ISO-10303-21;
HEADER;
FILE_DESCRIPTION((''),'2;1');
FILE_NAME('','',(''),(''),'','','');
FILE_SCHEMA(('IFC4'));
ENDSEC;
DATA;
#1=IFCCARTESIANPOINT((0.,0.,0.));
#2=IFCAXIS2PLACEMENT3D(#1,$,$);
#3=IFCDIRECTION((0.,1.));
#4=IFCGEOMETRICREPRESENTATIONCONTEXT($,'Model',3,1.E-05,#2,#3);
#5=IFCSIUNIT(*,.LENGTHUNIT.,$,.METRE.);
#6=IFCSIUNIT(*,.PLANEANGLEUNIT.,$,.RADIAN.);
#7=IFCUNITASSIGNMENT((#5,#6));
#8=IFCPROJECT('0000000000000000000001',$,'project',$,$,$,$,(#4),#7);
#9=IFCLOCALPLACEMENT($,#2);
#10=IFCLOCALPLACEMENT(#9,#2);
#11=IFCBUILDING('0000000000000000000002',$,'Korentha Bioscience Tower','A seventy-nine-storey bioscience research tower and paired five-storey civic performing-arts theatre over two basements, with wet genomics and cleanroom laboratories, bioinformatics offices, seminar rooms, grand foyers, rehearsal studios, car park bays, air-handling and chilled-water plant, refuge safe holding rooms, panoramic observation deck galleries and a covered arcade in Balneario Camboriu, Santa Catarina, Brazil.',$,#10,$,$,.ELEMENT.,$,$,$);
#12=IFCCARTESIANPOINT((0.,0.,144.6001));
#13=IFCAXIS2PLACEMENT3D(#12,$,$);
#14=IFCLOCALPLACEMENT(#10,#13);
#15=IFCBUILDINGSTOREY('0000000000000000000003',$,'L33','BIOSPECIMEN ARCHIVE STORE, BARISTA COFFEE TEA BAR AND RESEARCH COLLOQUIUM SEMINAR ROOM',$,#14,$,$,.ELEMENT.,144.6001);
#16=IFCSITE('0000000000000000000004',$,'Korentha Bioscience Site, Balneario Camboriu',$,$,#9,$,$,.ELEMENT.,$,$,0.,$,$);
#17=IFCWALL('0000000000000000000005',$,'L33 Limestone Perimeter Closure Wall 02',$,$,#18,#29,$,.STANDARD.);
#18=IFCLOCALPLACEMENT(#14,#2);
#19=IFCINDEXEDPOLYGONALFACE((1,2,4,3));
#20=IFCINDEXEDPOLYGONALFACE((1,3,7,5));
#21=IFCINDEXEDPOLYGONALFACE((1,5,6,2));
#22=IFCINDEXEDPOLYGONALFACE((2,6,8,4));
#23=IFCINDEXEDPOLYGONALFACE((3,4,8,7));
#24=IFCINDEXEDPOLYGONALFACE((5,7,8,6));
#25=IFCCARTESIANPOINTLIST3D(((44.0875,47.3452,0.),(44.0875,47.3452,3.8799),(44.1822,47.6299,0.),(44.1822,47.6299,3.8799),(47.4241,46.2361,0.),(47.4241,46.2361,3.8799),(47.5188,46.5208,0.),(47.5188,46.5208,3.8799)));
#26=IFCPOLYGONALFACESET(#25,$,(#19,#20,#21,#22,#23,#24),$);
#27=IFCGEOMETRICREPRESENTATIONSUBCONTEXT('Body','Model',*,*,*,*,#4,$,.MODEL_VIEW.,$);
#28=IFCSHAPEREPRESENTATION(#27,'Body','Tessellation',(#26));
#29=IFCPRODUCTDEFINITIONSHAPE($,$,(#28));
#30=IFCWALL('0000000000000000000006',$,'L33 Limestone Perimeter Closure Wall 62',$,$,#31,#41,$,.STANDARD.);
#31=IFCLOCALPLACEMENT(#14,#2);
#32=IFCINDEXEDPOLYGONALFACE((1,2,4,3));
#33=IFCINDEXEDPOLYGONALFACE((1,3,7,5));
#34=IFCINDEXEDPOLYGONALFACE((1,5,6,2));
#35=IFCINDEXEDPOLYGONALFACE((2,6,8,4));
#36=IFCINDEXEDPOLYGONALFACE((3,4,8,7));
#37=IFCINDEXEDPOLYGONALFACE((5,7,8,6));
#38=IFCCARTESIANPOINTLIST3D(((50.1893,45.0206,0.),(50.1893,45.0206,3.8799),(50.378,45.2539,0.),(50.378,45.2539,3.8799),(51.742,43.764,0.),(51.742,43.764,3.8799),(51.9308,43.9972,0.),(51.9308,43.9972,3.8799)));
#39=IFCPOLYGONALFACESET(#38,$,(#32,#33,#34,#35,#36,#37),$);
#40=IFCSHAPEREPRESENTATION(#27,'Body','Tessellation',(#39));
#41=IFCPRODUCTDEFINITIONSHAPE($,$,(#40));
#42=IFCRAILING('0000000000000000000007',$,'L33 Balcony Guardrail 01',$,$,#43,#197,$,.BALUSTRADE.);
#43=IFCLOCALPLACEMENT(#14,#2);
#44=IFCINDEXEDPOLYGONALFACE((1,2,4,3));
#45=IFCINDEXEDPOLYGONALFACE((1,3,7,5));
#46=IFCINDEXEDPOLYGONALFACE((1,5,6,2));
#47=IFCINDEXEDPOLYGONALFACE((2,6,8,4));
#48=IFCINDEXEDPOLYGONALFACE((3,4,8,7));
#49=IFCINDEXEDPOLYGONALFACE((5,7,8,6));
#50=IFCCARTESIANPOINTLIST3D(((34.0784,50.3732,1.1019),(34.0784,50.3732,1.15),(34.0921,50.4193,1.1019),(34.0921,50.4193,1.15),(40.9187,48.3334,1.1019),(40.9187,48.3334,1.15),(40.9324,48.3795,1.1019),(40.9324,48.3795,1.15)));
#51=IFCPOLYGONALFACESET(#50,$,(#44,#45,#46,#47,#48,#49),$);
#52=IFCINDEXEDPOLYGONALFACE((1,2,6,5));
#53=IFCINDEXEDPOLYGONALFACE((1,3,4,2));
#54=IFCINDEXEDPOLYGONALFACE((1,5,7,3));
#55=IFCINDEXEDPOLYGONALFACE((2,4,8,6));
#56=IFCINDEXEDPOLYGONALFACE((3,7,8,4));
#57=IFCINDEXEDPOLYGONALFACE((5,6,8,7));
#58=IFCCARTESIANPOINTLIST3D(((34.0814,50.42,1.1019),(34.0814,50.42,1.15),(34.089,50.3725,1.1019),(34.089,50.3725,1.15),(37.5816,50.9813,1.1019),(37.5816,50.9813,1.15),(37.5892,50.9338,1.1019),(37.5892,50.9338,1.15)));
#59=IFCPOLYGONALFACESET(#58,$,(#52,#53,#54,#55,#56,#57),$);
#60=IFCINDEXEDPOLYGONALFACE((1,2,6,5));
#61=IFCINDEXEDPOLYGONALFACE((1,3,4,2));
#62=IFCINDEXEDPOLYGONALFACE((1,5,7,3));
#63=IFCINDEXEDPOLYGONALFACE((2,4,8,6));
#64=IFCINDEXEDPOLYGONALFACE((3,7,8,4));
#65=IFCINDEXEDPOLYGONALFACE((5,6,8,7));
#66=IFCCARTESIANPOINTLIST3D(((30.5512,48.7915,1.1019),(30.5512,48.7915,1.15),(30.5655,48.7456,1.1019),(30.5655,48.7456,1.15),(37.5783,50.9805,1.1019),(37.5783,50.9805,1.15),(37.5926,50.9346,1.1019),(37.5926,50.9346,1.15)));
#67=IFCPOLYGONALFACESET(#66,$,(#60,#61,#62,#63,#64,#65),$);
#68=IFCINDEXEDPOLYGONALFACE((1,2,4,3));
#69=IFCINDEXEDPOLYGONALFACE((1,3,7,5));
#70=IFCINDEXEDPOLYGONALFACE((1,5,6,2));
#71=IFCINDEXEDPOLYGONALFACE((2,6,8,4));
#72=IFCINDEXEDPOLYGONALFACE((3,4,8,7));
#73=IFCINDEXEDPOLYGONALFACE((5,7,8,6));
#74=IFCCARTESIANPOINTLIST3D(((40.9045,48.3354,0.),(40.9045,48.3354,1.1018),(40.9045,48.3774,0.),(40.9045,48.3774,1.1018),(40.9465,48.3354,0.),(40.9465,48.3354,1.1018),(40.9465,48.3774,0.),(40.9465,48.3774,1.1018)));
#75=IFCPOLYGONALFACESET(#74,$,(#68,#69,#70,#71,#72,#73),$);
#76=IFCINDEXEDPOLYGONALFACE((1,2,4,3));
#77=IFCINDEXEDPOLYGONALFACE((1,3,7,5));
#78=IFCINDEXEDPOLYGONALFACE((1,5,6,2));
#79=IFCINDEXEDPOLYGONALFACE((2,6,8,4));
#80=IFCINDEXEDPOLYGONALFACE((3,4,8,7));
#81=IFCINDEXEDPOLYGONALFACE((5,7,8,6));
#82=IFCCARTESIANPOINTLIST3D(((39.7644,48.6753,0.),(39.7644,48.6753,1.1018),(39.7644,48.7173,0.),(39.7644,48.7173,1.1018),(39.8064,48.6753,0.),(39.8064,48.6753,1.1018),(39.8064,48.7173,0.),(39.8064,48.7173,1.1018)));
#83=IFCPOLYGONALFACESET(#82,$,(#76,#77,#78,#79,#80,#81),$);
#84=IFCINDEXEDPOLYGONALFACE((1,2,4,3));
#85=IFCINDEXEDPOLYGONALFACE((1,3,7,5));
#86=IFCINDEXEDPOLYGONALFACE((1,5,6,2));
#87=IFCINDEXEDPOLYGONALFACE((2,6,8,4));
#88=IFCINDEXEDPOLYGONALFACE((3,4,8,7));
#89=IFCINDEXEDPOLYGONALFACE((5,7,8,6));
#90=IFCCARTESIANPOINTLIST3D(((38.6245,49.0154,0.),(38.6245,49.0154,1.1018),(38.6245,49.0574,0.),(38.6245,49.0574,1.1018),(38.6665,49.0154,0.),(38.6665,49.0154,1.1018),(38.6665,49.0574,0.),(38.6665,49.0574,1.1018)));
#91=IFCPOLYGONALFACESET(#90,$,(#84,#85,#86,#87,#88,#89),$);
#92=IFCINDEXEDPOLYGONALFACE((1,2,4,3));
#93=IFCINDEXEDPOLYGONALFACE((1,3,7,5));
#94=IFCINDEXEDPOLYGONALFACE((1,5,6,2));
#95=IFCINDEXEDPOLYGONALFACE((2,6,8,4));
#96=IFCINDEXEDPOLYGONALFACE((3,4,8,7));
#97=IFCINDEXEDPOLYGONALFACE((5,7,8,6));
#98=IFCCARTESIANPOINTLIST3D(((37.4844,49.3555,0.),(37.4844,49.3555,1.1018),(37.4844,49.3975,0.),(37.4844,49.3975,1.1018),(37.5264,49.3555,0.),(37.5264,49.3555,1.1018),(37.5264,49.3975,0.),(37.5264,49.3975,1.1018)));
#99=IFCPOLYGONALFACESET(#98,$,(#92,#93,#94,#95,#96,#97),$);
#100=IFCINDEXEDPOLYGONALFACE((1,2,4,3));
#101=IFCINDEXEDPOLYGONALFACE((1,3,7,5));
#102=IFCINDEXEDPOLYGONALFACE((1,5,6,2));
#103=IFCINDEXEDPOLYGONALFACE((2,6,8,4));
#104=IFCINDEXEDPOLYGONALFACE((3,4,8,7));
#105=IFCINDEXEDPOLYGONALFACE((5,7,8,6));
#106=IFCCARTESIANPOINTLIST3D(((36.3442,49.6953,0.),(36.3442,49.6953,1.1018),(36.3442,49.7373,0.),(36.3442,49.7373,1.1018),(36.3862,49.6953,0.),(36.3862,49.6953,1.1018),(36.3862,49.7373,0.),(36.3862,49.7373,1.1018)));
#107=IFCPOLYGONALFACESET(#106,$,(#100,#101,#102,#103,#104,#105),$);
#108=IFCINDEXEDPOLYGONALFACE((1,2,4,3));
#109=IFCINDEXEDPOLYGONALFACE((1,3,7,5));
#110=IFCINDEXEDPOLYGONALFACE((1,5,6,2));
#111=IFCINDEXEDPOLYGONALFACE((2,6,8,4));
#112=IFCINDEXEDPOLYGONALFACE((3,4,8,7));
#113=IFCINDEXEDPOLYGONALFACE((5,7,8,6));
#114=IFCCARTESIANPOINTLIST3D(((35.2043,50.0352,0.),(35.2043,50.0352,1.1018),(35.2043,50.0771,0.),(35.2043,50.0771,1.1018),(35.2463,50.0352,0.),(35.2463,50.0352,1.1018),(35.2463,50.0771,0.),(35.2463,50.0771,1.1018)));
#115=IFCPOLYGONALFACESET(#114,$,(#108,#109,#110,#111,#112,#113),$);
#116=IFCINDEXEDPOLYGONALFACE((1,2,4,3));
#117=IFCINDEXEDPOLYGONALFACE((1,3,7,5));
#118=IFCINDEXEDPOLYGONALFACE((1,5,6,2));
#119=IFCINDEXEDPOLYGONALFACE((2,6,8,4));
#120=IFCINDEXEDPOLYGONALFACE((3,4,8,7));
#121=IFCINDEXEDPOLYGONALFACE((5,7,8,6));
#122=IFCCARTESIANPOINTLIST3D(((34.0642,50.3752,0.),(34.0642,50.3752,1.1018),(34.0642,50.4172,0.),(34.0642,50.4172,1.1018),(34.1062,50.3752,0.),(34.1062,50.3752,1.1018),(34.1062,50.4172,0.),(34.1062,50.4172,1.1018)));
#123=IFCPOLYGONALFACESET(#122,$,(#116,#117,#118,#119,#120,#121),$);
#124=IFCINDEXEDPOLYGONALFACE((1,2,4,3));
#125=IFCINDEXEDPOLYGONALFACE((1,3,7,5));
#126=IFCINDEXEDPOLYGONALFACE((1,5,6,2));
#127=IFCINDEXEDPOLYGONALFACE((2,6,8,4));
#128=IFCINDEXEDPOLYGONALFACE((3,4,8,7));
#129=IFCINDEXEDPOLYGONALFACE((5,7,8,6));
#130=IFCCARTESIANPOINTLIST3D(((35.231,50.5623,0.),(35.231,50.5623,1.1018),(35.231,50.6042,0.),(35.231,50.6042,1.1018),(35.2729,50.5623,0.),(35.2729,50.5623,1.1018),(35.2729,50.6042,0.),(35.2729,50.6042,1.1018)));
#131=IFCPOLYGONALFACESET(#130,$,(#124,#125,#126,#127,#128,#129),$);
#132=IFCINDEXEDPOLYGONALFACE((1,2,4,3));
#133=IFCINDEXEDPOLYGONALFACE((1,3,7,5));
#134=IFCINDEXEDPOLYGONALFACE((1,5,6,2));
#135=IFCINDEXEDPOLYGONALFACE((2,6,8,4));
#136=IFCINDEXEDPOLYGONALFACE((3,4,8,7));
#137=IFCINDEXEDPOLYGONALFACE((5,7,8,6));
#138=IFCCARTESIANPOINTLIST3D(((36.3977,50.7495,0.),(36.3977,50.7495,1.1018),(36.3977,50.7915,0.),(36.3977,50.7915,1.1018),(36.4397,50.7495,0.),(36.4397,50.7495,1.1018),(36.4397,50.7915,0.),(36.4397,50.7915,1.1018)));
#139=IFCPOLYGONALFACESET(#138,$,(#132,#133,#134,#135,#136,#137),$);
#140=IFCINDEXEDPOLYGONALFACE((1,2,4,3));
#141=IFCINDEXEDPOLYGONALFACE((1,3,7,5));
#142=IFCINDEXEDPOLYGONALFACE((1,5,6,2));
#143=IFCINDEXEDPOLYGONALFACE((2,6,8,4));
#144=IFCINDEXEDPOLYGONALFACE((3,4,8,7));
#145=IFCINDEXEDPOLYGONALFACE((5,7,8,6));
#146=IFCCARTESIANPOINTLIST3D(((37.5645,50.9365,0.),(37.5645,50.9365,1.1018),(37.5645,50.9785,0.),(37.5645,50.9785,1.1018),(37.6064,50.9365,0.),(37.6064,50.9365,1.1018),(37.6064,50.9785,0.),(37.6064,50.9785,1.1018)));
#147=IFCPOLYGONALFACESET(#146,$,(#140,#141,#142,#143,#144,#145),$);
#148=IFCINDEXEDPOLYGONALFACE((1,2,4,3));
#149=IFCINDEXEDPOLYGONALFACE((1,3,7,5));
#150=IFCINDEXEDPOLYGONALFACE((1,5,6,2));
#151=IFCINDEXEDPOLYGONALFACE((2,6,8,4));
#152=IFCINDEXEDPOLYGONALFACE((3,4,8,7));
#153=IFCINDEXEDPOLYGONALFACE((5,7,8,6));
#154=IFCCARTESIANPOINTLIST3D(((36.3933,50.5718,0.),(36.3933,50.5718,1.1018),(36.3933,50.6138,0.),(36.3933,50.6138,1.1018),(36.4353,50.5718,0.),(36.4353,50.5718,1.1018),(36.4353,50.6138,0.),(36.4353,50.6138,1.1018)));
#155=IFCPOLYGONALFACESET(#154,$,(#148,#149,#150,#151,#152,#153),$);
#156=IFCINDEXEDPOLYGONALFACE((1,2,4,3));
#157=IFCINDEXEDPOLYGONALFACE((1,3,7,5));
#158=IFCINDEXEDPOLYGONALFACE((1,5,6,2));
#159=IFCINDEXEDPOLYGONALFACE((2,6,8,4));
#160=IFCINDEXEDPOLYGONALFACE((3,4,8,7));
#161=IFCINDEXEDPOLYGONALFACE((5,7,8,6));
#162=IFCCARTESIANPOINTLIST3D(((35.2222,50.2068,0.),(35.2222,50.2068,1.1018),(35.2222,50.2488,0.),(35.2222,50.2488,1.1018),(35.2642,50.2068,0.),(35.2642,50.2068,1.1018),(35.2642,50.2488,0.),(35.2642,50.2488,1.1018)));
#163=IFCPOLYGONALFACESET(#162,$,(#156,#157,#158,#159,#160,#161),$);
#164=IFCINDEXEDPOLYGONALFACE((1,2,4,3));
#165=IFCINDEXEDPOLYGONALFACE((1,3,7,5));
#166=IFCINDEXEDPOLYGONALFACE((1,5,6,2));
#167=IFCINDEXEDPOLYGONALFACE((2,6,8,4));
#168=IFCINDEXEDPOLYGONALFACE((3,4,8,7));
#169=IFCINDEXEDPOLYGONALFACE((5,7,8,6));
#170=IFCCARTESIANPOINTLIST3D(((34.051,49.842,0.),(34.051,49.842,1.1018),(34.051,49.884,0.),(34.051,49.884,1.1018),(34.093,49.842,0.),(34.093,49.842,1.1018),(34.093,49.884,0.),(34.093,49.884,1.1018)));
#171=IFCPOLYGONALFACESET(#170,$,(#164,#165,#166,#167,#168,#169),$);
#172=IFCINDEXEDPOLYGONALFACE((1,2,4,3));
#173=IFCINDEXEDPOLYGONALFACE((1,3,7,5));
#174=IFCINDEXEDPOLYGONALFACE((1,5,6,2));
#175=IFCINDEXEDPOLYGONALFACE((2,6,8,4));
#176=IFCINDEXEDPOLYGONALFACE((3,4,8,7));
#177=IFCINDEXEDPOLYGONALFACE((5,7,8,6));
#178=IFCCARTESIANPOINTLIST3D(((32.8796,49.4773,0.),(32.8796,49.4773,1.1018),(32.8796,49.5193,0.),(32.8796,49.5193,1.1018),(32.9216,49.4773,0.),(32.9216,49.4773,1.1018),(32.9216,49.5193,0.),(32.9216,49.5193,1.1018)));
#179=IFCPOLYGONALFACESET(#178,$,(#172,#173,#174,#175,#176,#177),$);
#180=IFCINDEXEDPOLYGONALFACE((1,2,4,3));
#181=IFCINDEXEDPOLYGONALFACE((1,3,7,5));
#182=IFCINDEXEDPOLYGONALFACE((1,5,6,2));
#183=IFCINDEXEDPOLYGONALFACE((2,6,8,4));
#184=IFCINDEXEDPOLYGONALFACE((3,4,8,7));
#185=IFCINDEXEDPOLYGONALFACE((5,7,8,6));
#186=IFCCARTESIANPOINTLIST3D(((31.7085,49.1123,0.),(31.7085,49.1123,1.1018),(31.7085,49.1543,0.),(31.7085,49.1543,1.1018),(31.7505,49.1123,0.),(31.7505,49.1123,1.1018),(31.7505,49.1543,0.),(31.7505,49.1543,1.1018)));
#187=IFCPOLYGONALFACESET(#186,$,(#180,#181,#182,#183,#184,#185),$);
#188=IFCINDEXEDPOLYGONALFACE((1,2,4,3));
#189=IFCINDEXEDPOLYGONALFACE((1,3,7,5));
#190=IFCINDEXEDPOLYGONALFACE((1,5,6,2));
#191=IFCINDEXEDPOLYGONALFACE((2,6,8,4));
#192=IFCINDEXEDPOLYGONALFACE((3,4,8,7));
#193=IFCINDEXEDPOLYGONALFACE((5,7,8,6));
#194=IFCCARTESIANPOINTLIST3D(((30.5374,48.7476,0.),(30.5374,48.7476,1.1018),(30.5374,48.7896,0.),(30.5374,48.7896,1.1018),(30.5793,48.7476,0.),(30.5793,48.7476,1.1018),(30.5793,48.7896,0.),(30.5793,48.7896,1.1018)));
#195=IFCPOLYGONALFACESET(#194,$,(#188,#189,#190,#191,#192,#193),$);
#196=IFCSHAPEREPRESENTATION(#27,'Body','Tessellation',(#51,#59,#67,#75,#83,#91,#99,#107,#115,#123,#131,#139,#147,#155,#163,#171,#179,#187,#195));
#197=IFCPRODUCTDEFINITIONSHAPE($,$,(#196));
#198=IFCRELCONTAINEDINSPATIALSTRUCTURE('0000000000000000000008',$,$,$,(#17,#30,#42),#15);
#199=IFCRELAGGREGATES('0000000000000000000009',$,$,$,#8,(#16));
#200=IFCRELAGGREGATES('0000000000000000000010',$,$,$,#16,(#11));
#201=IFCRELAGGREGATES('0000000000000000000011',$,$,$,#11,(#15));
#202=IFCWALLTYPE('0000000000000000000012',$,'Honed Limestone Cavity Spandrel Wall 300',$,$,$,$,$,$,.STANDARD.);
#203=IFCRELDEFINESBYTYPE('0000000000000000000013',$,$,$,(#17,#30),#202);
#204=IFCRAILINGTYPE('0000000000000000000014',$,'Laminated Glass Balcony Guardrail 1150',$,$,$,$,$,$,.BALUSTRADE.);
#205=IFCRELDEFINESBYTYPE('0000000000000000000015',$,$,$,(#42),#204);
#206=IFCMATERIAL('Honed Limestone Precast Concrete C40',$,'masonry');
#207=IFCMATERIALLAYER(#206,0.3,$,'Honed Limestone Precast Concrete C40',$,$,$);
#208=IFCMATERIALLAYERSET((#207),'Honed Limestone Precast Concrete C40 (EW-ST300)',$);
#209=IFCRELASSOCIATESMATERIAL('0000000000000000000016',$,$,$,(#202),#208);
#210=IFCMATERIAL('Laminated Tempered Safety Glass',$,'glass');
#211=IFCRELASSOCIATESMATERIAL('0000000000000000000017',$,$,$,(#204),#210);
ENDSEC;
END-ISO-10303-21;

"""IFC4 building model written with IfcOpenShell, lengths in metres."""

from ifc_helpers import new_model, si_unit, direction, frame, frame_2d, origin, origin_2d, place, context, subcontext, project, spatial, rectangle, extrude, material, layer, layer_set, type_object, element, save


model = new_model("IFC4")

# Units and contexts
model_context = context("Model", 3, precision=1e-05, world=origin(), true_north=direction((0.0, 1.0)))
body_context = subcontext(model_context, "Body", "Model", "MODEL_VIEW")
ifc_project = project(units=[si_unit("LENGTHUNIT", "METRE"), si_unit("PLANEANGLEUNIT", "RADIAN")], contexts=[model_context])

# Site, building, storey
site_placement = place(None, origin())
site = spatial("IfcSite", under=ifc_project, at=site_placement, Name="Korentha Bioscience Site, Balneario Camboriu", CompositionType="ELEMENT", RefElevation=0.0)
building_placement = place(site_placement, origin())
building = spatial("IfcBuilding", under=site, at=building_placement, Name="Korentha Bioscience Tower", Description="A seventy-nine-storey bioscience research tower and paired five-storey civic performing-arts theatre over two basements, with wet genomics and cleanroom laboratories, bioinformatics offices, seminar rooms, grand foyers, rehearsal studios, car park bays, air-handling and chilled-water plant, refuge safe holding rooms, panoramic observation deck galleries and a covered arcade in Balneario Camboriu, Santa Catarina, Brazil.", CompositionType="ELEMENT")
storey_placement = place(building_placement, frame((0.0, 0.0, 144.6001)))
storey = spatial("IfcBuildingStorey", under=building, at=storey_placement, Name="L33", Description="BIOSPECIMEN ARCHIVE STORE, BARISTA COFFEE TEA BAR AND RESEARCH COLLOQUIUM SEMINAR ROOM", CompositionType="ELEMENT", Elevation=144.6001)

# Shared definitions
ifc_material_1 = material(Name="Honed Limestone Precast Concrete C40", Category="masonry")
ifc_layer_1 = layer(ifc_material_1, 0.3, Name="Honed Limestone Precast Concrete C40")
ifc_layer_set_1 = layer_set([ifc_layer_1], Name="Honed Limestone Precast Concrete C40 (EW-ST300)")
wall_type_1 = type_object("IfcWallType", Name="Honed Limestone Cavity Spandrel Wall 300", PredefinedType="STANDARD", material=ifc_layer_set_1)

# Walls
wall_1_placement = place(storey_placement, frame((47.4714, 46.3784, 0.0), z_axis=(0.0, 0.0, 1.0), x_axis=(-0.948947, 0.315436, 0.0)))
element("IfcWall", 1, at=wall_1_placement, inside=storey, type_object=wall_type_1, Name="L33 Limestone Perimeter Closure Wall 02", PredefinedType="STANDARD", context=body_context, shape_type="SweptSolid", body=[
    extrude(rectangle(XDim=3.5161, YDim=0.3, at=frame_2d((1.7581, 0.0))), origin(), (0.0, 0.0, 1.0), 3.8799),
])
wall_2_placement = place(storey_placement, frame((51.8364, 43.8806, 0.0), z_axis=(0.0, 0.0, 1.0), x_axis=(-0.777339, 0.629082, 0.0)))
element("IfcWall", 2, at=wall_2_placement, inside=storey, type_object=wall_type_1, Name="L33 Limestone Perimeter Closure Wall 62", PredefinedType="STANDARD", context=body_context, shape_type="SweptSolid", body=[
    extrude(rectangle(XDim=1.9976, YDim=0.3, at=frame_2d((0.9988, 0.0))), origin(), (0.0, 0.0, 1.0), 3.8799),
])

# Railing
ifc_material_2 = material(Name="Laminated Tempered Safety Glass", Category="glass")
railing_type = type_object("IfcRailingType", Name="Laminated Glass Balcony Guardrail 1150", PredefinedType="BALUSTRADE", material=ifc_material_2)
railing_placement = place(storey_placement, frame((40.9255, 48.3564, 0.0)))
element("IfcRailing", 3, at=railing_placement, inside=storey, type_object=railing_type, Name="L33 Balcony Guardrail 01", PredefinedType="BALUSTRADE", context=body_context, shape_type="SweptSolid", body=[
    extrude(rectangle(XDim=0.0481, YDim=0.0481, at=origin_2d()), frame((0.0, 0.0, 1.126), z_axis=(-0.958299, 0.285766, 0.0), x_axis=(-0.285766, -0.958299, 0.0)), (0.0, 0.0, 1.0), 7.1379),
    extrude(rectangle(XDim=0.0481, YDim=0.0481, at=origin_2d()), frame((-6.8403, 2.0398, 1.126), z_axis=(0.987386, 0.158332, 0.0), x_axis=(-0.158332, 0.987386, 0.0)), (0.0, 0.0, 1.0), 3.5449),
    extrude(rectangle(XDim=0.0481, YDim=0.0481, at=origin_2d()), frame((-3.3401, 2.6011, 1.126), z_axis=(-0.95475, -0.297408, 0.0), x_axis=(0.297408, -0.95475, 0.0)), (0.0, 0.0, 1.0), 7.3601),
    extrude(rectangle(XDim=0.042, YDim=0.042, at=origin_2d()), origin(), (0.0, 0.0, 1.0), 1.1018),
    extrude(rectangle(XDim=0.042, YDim=0.042, at=origin_2d()), frame((-1.1401, 0.3398, 0.0)), (0.0, 0.0, 1.0), 1.1018),
    extrude(rectangle(XDim=0.042, YDim=0.042, at=origin_2d()), frame((-2.28, 0.6799, 0.0)), (0.0, 0.0, 1.0), 1.1018),
    extrude(rectangle(XDim=0.042, YDim=0.042, at=origin_2d()), frame((-3.4202, 1.02, 0.0)), (0.0, 0.0, 1.0), 1.1018),
    extrude(rectangle(XDim=0.042, YDim=0.042, at=origin_2d()), frame((-4.5603, 1.3599, 0.0)), (0.0, 0.0, 1.0), 1.1018),
    extrude(rectangle(XDim=0.042, YDim=0.042, at=origin_2d()), frame((-5.7002, 1.6997, 0.0)), (0.0, 0.0, 1.0), 1.1018),
    extrude(rectangle(XDim=0.042, YDim=0.042, at=origin_2d()), frame((-6.8403, 2.0398, 0.0)), (0.0, 0.0, 1.0), 1.1018),
    extrude(rectangle(XDim=0.042, YDim=0.042, at=origin_2d()), frame((-5.6736, 2.2268, 0.0)), (0.0, 0.0, 1.0), 1.1018),
    extrude(rectangle(XDim=0.042, YDim=0.042, at=origin_2d()), frame((-4.5068, 2.4141, 0.0)), (0.0, 0.0, 1.0), 1.1018),
    extrude(rectangle(XDim=0.042, YDim=0.042, at=origin_2d()), frame((-3.3401, 2.6011, 0.0)), (0.0, 0.0, 1.0), 1.1018),
    extrude(rectangle(XDim=0.042, YDim=0.042, at=origin_2d()), frame((-4.5112, 2.2363, 0.0)), (0.0, 0.0, 1.0), 1.1018),
    extrude(rectangle(XDim=0.042, YDim=0.042, at=origin_2d()), frame((-5.6824, 1.8713, 0.0)), (0.0, 0.0, 1.0), 1.1018),
    extrude(rectangle(XDim=0.042, YDim=0.042, at=origin_2d()), frame((-6.8535, 1.5066, 0.0)), (0.0, 0.0, 1.0), 1.1018),
    extrude(rectangle(XDim=0.042, YDim=0.042, at=origin_2d()), frame((-8.0249, 1.1418, 0.0)), (0.0, 0.0, 1.0), 1.1018),
    extrude(rectangle(XDim=0.042, YDim=0.042, at=origin_2d()), frame((-9.196, 0.7769, 0.0)), (0.0, 0.0, 1.0), 1.1018),
    extrude(rectangle(XDim=0.042, YDim=0.042, at=origin_2d()), frame((-10.3672, 0.4121, 0.0)), (0.0, 0.0, 1.0), 1.1018),
])

save(model, "model.ifc")
